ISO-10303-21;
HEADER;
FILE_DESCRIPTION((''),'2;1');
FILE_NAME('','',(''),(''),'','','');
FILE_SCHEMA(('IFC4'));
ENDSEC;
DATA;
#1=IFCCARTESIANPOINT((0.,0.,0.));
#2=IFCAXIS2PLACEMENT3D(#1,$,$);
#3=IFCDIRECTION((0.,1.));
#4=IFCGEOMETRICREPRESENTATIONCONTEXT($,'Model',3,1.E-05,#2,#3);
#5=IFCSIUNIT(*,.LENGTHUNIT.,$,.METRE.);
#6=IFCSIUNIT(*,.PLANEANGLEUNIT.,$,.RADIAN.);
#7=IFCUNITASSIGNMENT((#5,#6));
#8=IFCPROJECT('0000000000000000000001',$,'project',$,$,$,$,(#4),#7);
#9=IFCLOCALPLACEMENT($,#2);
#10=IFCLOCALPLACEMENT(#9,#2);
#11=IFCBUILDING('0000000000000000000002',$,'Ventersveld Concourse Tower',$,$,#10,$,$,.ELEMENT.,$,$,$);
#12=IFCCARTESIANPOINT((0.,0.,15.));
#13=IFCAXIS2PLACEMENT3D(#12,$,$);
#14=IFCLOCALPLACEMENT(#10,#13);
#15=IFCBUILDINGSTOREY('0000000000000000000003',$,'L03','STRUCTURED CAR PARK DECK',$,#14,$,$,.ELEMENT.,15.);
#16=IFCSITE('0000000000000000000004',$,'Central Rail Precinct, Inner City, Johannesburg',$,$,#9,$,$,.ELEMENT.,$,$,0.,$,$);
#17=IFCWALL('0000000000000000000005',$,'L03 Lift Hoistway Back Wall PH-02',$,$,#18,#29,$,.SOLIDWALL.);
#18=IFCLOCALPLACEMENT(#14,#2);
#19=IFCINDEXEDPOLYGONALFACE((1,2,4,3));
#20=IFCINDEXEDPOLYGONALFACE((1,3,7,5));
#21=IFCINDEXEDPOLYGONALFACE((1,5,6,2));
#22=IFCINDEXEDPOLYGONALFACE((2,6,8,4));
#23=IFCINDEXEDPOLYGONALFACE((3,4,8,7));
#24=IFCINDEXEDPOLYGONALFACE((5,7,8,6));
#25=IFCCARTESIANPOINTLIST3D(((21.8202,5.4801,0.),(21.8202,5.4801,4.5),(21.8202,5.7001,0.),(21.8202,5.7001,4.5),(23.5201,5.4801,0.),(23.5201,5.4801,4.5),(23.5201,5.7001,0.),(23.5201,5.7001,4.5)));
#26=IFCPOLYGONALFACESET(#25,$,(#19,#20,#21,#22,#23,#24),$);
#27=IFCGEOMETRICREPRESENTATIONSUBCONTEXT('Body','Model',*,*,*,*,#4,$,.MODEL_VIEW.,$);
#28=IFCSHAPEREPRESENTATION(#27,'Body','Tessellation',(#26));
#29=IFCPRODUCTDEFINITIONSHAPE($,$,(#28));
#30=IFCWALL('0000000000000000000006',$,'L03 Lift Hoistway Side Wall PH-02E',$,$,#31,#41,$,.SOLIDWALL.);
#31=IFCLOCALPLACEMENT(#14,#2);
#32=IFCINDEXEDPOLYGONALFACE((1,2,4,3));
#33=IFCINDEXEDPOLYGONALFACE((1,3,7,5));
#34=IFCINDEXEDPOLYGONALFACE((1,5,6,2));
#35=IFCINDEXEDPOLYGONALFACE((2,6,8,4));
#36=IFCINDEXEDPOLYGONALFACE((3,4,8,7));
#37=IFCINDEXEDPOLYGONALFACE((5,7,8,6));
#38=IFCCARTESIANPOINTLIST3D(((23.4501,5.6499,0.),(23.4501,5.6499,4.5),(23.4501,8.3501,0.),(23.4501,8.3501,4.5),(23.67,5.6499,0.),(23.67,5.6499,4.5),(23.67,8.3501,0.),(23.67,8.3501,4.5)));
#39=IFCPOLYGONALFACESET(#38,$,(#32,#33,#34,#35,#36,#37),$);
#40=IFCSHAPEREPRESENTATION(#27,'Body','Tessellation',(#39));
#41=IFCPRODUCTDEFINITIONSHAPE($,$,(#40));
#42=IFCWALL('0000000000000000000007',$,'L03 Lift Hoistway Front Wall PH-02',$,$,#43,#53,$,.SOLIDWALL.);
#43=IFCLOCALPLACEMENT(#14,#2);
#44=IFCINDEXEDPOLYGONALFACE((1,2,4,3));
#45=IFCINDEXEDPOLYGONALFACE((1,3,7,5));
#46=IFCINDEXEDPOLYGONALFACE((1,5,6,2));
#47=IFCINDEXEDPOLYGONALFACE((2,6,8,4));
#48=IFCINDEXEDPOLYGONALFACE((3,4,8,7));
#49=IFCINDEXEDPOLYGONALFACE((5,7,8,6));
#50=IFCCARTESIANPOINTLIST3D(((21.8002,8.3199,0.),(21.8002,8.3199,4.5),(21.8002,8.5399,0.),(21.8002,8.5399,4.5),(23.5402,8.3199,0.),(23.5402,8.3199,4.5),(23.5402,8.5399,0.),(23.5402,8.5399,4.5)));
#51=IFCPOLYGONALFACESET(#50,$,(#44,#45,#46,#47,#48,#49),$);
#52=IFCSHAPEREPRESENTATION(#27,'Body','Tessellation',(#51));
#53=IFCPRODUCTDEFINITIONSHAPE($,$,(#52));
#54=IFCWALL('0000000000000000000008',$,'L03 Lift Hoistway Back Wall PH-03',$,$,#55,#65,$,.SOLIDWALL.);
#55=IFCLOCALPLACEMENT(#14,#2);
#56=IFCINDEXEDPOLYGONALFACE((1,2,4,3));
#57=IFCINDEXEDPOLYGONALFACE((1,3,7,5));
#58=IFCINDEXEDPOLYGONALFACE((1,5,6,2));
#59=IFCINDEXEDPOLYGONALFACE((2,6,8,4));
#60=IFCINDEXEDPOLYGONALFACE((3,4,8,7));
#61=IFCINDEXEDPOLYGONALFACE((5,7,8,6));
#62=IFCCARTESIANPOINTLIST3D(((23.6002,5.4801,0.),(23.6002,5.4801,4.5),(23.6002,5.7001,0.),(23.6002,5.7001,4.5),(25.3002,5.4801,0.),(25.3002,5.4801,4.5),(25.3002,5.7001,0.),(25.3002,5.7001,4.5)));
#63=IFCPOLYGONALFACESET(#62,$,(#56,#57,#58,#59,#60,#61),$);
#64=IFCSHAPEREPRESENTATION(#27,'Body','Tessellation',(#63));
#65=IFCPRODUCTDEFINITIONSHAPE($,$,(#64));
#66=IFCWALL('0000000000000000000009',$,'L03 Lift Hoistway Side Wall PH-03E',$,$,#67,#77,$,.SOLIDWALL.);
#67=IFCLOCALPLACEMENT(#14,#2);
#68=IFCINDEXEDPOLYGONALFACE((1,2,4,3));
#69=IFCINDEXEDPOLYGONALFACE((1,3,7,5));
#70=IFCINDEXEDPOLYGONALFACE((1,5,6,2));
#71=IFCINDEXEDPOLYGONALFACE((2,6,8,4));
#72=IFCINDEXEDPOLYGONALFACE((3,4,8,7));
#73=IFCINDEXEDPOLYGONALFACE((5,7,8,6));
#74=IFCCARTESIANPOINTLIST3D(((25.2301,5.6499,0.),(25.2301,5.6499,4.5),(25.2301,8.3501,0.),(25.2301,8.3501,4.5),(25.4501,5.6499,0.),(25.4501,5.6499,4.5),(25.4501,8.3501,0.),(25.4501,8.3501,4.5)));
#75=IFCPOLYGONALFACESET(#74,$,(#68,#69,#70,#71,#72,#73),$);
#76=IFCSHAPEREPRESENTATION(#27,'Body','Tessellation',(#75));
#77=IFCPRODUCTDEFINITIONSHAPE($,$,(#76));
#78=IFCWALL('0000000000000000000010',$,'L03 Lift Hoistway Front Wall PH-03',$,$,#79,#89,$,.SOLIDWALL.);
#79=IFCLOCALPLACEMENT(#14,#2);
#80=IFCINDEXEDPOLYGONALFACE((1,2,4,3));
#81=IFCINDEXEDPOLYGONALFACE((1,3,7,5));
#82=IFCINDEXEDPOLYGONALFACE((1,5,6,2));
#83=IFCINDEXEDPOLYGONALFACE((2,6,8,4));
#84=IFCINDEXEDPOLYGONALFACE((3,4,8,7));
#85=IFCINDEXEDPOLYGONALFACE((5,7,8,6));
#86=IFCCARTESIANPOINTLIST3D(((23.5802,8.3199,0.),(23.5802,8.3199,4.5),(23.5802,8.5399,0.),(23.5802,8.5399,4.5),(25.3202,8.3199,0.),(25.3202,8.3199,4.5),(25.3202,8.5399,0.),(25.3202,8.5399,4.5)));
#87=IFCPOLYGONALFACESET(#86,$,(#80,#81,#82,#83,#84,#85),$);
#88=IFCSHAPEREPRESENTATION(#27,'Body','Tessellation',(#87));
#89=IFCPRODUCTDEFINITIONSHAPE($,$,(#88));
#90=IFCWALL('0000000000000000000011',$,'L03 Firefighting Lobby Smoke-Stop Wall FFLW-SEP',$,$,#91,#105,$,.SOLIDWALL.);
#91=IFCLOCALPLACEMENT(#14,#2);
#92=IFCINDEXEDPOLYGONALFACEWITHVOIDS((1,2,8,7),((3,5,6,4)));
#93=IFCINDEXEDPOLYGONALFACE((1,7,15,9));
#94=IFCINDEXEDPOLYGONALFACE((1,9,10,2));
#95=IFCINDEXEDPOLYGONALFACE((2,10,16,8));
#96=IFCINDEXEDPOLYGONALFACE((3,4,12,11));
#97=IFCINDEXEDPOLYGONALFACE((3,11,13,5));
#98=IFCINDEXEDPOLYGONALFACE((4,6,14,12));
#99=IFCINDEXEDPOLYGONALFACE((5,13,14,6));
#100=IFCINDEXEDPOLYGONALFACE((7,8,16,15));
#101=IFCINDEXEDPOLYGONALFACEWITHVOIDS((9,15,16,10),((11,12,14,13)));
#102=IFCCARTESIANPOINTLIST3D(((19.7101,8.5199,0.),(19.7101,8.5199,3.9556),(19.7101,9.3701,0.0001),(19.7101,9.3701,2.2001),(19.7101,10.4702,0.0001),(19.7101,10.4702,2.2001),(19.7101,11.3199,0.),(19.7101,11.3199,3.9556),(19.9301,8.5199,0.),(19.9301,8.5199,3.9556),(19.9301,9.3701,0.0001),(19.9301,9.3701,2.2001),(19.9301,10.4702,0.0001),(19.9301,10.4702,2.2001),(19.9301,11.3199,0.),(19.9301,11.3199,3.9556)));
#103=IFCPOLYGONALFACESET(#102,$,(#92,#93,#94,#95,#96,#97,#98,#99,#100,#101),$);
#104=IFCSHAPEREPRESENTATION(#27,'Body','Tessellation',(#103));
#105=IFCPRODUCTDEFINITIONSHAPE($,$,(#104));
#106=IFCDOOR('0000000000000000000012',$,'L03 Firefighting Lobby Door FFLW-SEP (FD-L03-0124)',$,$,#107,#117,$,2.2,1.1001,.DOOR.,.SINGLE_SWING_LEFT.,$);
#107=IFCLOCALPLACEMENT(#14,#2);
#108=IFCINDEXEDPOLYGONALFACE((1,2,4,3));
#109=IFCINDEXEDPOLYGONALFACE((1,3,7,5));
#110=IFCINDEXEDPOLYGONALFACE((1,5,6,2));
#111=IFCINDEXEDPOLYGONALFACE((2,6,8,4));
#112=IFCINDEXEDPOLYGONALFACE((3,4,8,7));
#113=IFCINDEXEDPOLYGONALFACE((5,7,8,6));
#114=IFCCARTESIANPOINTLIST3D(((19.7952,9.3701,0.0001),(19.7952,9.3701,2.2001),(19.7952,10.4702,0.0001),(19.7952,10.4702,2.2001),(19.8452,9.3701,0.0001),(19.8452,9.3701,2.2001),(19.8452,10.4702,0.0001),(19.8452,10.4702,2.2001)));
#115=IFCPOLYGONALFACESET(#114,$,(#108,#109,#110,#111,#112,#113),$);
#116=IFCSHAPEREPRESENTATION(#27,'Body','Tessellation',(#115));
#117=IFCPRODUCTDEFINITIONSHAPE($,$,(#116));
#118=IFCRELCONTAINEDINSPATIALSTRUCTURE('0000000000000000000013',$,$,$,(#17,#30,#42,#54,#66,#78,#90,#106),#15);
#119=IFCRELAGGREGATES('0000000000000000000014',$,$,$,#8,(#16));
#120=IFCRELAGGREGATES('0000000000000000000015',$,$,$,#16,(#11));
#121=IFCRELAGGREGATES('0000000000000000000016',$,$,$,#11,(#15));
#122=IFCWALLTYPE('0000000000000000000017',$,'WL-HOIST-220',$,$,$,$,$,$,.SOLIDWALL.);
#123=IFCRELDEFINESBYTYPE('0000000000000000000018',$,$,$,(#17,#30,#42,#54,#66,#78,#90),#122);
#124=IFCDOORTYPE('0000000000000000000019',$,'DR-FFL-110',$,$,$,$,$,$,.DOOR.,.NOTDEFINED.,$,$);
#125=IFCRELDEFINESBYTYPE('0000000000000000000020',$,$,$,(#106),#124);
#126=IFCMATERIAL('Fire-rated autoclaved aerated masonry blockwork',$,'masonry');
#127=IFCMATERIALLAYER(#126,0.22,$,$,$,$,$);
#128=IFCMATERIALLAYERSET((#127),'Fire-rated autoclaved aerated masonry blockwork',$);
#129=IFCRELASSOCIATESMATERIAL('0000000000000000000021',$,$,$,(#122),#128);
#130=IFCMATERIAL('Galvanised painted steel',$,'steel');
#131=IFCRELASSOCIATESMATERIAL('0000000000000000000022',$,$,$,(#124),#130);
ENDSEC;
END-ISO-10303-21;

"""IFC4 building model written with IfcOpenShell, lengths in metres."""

from ifc_helpers import new_model, si_unit, direction, frame, frame_2d, origin, place, context, subcontext, project, spatial, rectangle, extrude, material, layer, layer_set, type_object, element, fill, save


model = new_model("IFC4")

# Units and contexts
model_context = context("Model", 3, precision=1e-05, world=origin(), true_north=direction((0.0, 1.0)))
body_context = subcontext(model_context, "Body", "Model", "MODEL_VIEW")
ifc_project = project(units=[si_unit("LENGTHUNIT", "METRE"), si_unit("PLANEANGLEUNIT", "RADIAN")], contexts=[model_context])

# Site, building, storey
site_placement = place(None, origin())
site = spatial("IfcSite", under=ifc_project, at=site_placement, Name="Central Rail Precinct, Inner City, Johannesburg", CompositionType="ELEMENT", RefElevation=0.0)
building_placement = place(site_placement, origin())
building = spatial("IfcBuilding", under=site, at=building_placement, Name="Ventersveld Concourse Tower", CompositionType="ELEMENT")
storey_placement = place(building_placement, frame((0.0, 0.0, 15.0)))
storey = spatial("IfcBuildingStorey", under=building, at=storey_placement, Name="L03", Description="STRUCTURED CAR PARK DECK", CompositionType="ELEMENT", Elevation=15.0)

# Walls
ifc_material_1 = material(Name="Fire-rated autoclaved aerated masonry blockwork", Category="masonry")
ifc_layer_1 = layer(ifc_material_1, 0.22)
ifc_layer_set_1 = layer_set([ifc_layer_1], Name="Fire-rated autoclaved aerated masonry blockwork")
wall_type_1 = type_object("IfcWallType", Name="WL-HOIST-220", PredefinedType="SOLIDWALL", material=ifc_layer_set_1)
wall_1_placement = place(storey_placement, frame((21.8201, 5.5901, 0.0), z_axis=(0.0, 0.0, 1.0), x_axis=(1.0, 0.0, 0.0)))
element("IfcWall", 1, at=wall_1_placement, inside=storey, type_object=wall_type_1, Name="L03 Lift Hoistway Back Wall PH-02", PredefinedType="SOLIDWALL", context=body_context, shape_type="SweptSolid", body=[
    extrude(rectangle(XDim=1.7, YDim=0.22, at=frame_2d((0.8501, 0.0))), origin(), (0.0, 0.0, 1.0), 4.5),
])
wall_2_placement = place(storey_placement, frame((23.5601, 5.6499, 0.0), z_axis=(0.0, 0.0, 1.0), x_axis=(0.0, 1.0, 0.0)))
element("IfcWall", 2, at=wall_2_placement, inside=storey, type_object=wall_type_1, Name="L03 Lift Hoistway Side Wall PH-02E", PredefinedType="SOLIDWALL", context=body_context, shape_type="SweptSolid", body=[
    extrude(rectangle(XDim=2.7002, YDim=0.22, at=frame_2d((1.3501, 0.0))), origin(), (0.0, 0.0, 1.0), 4.5),
])
wall_3_placement = place(storey_placement, frame((21.8, 8.4299, 0.0), z_axis=(0.0, 0.0, 1.0), x_axis=(1.0, 0.0, 0.0)))
element("IfcWall", 3, at=wall_3_placement, inside=storey, type_object=wall_type_1, Name="L03 Lift Hoistway Front Wall PH-02", PredefinedType="SOLIDWALL", context=body_context, shape_type="SweptSolid", body=[
    extrude(rectangle(XDim=1.74, YDim=0.22, at=frame_2d((0.8701, 0.0))), origin(), (0.0, 0.0, 1.0), 4.5),
])
wall_4_placement = place(storey_placement, frame((23.6001, 5.5901, 0.0), z_axis=(0.0, 0.0, 1.0), x_axis=(1.0, 0.0, 0.0)))
element("IfcWall", 4, at=wall_4_placement, inside=storey, type_object=wall_type_1, Name="L03 Lift Hoistway Back Wall PH-03", PredefinedType="SOLIDWALL", context=body_context, shape_type="SweptSolid", body=[
    extrude(rectangle(XDim=1.7, YDim=0.22, at=frame_2d((0.8501, 0.0))), origin(), (0.0, 0.0, 1.0), 4.5),
])
wall_5_placement = place(storey_placement, frame((25.3401, 5.6499, 0.0), z_axis=(0.0, 0.0, 1.0), x_axis=(0.0, 1.0, 0.0)))
element("IfcWall", 5, at=wall_5_placement, inside=storey, type_object=wall_type_1, Name="L03 Lift Hoistway Side Wall PH-03E", PredefinedType="SOLIDWALL", context=body_context, shape_type="SweptSolid", body=[
    extrude(rectangle(XDim=2.7002, YDim=0.22, at=frame_2d((1.3501, 0.0))), origin(), (0.0, 0.0, 1.0), 4.5),
])
wall_6_placement = place(storey_placement, frame((23.5801, 8.4299, 0.0), z_axis=(0.0, 0.0, 1.0), x_axis=(1.0, 0.0, 0.0)))
element("IfcWall", 6, at=wall_6_placement, inside=storey, type_object=wall_type_1, Name="L03 Lift Hoistway Front Wall PH-03", PredefinedType="SOLIDWALL", context=body_context, shape_type="SweptSolid", body=[
    extrude(rectangle(XDim=1.74, YDim=0.22, at=frame_2d((0.8701, 0.0))), origin(), (0.0, 0.0, 1.0), 4.5),
])

# Wall, opening, door
wall_7_placement = place(storey_placement, frame((19.8201, 8.52, 0.0), z_axis=(0.0, 0.0, 1.0), x_axis=(0.0, 1.0, 0.0)))
wall_7 = element("IfcWall", 7, at=wall_7_placement, inside=storey, type_object=wall_type_1, Name="L03 Firefighting Lobby Smoke-Stop Wall FFLW-SEP", PredefinedType="SOLIDWALL", context=body_context, shape_type="SweptSolid", body=[
    extrude(rectangle(XDim=2.8, YDim=0.22, at=frame_2d((1.3999, 0.0))), origin(), (0.0, 0.0, 1.0), 3.9556),
])
opening_placement = place(wall_7_placement, frame((0.8501, 0.0, 0.0)))
opening = element("IfcOpeningElement", 8, at=opening_placement, cuts=wall_7, PredefinedType="OPENING", context=body_context, shape_type="SweptSolid", body=[
    extrude(rectangle(XDim=1.1001, YDim=2.2, at=frame_2d((0.55, 1.1001))), frame((0.0, 0.1201, 0.0), z_axis=(0.0, -1.0, 0.0), x_axis=(1.0, 0.0, 0.0)), (0.0, 0.0, 1.0), 0.24),
])
ifc_material_2 = material(Name="Galvanised painted steel", Category="steel")
door_type = type_object("IfcDoorType", Name="DR-FFL-110", OperationType="NOTDEFINED", PredefinedType="DOOR", material=ifc_material_2)
door_placement = place(opening_placement, origin())
door = element("IfcDoor", 9, at=door_placement, inside=storey, type_object=door_type, Name="L03 Firefighting Lobby Door FFLW-SEP (FD-L03-0124)", OperationType="SINGLE_SWING_LEFT", OverallHeight=2.2, OverallWidth=1.1001, PredefinedType="DOOR", context=body_context, shape_type="SweptSolid", body=[
    extrude(rectangle(XDim=1.1001, YDim=2.2, at=frame_2d((0.55, 1.1001))), frame((0.0, 0.0249, 0.0), z_axis=(0.0, -1.0, 0.0), x_axis=(1.0, 0.0, 0.0)), (0.0, 0.0, 1.0), 0.05),
])
fill(opening, door)

save(model, "model.ifc")
